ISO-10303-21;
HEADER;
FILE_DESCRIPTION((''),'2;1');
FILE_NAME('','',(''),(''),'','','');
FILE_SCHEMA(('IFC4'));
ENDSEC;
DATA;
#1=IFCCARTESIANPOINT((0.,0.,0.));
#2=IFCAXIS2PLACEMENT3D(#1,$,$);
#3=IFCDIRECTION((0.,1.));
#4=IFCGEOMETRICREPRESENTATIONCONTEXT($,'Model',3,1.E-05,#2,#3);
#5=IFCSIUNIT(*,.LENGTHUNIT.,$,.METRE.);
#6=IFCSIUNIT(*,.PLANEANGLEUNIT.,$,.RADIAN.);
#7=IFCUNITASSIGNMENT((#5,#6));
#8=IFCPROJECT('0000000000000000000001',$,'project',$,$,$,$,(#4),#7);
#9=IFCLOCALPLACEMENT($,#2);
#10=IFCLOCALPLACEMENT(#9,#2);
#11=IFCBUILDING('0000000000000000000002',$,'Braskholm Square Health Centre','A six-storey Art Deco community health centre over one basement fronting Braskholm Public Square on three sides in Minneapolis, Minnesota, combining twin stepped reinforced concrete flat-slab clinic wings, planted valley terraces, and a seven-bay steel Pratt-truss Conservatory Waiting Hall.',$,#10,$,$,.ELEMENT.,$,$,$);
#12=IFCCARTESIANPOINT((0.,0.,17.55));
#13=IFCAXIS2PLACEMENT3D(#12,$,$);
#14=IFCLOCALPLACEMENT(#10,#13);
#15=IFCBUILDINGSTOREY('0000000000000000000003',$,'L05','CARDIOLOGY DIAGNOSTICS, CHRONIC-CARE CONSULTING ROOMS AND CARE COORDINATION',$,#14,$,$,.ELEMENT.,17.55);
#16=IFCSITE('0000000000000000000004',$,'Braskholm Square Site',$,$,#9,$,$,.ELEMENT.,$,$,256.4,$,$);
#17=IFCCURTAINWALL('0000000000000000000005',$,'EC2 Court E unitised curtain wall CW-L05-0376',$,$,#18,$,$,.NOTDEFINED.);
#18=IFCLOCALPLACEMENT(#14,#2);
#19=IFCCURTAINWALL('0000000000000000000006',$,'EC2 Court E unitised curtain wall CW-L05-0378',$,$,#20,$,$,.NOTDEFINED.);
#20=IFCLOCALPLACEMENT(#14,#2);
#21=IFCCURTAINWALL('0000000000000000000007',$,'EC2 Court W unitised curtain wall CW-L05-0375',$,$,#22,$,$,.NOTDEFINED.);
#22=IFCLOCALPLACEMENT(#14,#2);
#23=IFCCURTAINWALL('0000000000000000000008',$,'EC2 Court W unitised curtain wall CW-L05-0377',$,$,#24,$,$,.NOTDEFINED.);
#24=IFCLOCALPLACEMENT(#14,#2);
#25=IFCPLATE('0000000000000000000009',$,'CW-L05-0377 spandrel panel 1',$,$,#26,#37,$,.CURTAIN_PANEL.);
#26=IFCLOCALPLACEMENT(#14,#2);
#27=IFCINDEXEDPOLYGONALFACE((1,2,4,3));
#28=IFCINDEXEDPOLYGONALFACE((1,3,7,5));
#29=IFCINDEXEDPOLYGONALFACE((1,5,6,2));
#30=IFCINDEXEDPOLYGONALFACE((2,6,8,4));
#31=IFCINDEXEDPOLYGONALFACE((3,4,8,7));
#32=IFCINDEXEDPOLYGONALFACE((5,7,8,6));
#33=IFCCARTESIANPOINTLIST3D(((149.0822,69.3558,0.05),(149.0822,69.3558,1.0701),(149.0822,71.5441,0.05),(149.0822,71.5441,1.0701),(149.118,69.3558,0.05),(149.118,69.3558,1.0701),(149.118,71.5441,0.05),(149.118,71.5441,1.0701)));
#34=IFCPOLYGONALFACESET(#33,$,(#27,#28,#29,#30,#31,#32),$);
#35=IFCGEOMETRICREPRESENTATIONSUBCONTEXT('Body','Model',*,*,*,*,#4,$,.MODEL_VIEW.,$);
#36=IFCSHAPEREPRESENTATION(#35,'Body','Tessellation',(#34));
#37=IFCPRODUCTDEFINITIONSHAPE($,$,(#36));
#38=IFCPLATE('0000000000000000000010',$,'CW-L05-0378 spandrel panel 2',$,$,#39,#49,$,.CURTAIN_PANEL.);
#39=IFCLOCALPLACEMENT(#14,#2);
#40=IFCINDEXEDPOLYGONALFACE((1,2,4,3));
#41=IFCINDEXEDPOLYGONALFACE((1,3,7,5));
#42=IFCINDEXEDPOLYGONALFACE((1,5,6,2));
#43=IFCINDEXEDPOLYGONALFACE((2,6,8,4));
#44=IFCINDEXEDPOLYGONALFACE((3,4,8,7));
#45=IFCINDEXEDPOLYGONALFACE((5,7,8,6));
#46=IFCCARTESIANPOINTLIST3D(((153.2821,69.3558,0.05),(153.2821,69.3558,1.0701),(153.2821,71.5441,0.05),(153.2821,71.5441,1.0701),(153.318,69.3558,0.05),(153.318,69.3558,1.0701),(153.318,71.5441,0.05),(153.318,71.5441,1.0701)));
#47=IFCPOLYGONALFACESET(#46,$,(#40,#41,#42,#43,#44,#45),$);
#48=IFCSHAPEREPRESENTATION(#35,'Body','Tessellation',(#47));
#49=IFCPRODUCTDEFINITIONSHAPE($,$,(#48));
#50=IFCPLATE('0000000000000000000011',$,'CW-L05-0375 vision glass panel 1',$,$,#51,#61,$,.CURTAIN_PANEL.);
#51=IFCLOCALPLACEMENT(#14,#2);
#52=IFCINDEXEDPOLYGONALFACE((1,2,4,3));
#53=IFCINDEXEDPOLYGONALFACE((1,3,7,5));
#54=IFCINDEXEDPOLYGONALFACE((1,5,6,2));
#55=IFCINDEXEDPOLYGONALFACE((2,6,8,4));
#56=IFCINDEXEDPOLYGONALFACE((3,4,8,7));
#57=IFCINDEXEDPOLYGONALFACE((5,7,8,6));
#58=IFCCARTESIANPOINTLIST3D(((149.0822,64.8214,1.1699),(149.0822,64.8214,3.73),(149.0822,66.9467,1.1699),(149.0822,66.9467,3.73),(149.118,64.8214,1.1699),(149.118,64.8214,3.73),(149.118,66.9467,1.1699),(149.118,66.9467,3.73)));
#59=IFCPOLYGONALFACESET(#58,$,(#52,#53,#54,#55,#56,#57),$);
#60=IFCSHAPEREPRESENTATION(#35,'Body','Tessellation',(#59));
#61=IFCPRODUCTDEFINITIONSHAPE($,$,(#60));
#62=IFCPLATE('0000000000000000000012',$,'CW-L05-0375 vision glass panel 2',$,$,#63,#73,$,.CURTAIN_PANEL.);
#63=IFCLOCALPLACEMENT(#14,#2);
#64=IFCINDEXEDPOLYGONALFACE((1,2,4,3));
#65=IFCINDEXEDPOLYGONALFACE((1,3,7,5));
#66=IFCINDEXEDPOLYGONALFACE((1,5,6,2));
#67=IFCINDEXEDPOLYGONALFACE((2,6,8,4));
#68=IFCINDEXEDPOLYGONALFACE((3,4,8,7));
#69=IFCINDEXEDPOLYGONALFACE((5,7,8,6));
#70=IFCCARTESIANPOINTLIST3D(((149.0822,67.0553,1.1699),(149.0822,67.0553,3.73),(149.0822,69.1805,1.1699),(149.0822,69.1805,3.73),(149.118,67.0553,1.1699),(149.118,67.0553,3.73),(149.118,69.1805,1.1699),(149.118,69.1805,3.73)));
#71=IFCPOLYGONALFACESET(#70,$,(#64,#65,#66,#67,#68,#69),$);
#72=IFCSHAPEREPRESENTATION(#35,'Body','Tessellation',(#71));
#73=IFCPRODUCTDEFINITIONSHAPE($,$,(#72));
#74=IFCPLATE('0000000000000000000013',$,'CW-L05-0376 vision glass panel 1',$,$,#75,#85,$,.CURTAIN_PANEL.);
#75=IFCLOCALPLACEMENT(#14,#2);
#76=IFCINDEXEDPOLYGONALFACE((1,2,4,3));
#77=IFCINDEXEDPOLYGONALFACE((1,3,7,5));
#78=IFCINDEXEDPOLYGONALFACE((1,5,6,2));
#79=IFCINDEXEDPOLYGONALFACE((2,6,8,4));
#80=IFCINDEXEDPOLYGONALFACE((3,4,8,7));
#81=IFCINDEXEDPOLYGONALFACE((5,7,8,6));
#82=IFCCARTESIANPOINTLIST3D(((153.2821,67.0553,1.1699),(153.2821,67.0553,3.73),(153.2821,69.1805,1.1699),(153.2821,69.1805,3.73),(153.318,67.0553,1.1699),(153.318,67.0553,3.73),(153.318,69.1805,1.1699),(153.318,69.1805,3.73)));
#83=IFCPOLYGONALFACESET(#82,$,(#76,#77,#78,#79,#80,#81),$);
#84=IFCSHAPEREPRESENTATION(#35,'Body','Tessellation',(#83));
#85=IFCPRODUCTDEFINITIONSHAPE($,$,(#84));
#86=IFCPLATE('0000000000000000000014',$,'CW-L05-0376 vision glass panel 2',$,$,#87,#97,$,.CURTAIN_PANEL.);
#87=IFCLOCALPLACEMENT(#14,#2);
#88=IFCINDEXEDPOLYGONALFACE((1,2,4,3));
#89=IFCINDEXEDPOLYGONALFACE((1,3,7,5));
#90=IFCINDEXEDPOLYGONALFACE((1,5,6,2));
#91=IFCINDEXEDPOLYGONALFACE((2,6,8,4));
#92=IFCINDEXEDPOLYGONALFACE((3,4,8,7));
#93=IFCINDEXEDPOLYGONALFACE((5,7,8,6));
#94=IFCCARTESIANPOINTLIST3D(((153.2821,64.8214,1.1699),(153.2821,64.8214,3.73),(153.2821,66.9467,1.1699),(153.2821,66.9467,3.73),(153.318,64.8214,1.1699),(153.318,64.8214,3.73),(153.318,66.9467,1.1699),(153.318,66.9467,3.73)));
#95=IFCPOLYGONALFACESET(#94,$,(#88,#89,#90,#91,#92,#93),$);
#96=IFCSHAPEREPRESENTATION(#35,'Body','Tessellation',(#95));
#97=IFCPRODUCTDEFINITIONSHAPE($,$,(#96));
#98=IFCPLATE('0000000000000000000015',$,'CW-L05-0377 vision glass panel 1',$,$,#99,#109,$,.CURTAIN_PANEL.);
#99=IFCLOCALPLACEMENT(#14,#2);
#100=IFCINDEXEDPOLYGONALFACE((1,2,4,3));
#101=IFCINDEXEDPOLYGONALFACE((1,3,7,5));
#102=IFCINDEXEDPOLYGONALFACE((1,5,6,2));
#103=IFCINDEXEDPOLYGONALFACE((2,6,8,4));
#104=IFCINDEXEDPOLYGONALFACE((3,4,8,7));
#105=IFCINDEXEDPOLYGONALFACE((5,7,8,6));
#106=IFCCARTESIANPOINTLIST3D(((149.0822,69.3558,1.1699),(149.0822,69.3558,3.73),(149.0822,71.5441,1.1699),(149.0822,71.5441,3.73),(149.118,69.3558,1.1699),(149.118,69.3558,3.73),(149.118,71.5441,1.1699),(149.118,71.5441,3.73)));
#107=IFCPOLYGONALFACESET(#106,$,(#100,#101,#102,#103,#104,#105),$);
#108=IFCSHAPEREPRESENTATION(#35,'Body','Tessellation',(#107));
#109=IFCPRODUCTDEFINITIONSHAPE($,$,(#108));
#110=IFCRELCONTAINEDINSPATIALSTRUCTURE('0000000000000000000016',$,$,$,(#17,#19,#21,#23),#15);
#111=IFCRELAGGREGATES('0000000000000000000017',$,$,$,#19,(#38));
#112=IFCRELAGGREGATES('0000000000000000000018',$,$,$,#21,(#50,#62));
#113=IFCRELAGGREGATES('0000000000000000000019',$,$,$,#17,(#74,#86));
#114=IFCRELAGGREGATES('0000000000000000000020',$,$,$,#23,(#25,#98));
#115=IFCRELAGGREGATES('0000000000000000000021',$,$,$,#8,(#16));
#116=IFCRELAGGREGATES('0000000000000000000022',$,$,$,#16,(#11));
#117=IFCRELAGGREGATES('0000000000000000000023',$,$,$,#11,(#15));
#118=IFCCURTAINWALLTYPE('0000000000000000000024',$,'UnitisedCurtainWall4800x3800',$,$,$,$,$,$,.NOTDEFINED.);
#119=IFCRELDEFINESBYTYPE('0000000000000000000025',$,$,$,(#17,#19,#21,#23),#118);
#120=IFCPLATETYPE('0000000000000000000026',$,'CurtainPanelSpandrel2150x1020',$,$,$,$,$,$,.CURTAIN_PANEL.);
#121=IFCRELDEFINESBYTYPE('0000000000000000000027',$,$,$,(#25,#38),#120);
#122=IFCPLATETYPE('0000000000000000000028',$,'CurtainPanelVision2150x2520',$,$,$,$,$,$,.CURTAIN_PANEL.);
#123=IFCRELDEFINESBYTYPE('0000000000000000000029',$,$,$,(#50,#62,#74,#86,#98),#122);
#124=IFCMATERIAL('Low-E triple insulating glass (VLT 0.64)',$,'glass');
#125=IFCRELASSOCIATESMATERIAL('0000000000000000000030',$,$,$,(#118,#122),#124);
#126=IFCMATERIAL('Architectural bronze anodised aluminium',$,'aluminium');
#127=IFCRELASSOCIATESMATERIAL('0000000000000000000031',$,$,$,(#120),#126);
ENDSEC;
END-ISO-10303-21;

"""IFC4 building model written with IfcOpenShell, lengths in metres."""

from ifc_helpers import new_model, si_unit, direction, frame, origin, origin_2d, place, context, subcontext, project, spatial, rectangle, extrude, material, type_object, element, aggregate, save


model = new_model("IFC4")

# Units and contexts
model_context = context("Model", 3, precision=1e-05, world=origin(), true_north=direction((0.0, 1.0)))
body_context = subcontext(model_context, "Body", "Model", "MODEL_VIEW")
ifc_project = project(units=[si_unit("LENGTHUNIT", "METRE"), si_unit("PLANEANGLEUNIT", "RADIAN")], contexts=[model_context])

# Site, building, storey
site_placement = place(None, origin())
site = spatial("IfcSite", under=ifc_project, at=site_placement, Name="Braskholm Square Site", CompositionType="ELEMENT", RefElevation=256.4)
building_placement = place(site_placement, origin())
building = spatial("IfcBuilding", under=site, at=building_placement, Name="Braskholm Square Health Centre", Description="A six-storey Art Deco community health centre over one basement fronting Braskholm Public Square on three sides in Minneapolis, Minnesota, combining twin stepped reinforced concrete flat-slab clinic wings, planted valley terraces, and a seven-bay steel Pratt-truss Conservatory Waiting Hall.", CompositionType="ELEMENT")
storey_placement = place(building_placement, frame((0.0, 0.0, 17.55)))
storey = spatial("IfcBuildingStorey", under=building, at=storey_placement, Name="L05", Description="CARDIOLOGY DIAGNOSTICS, CHRONIC-CARE CONSULTING ROOMS AND CARE COORDINATION", CompositionType="ELEMENT", Elevation=17.55)

# Curtain wall
ifc_material_1 = material(Name="Low-E triple insulating glass (VLT 0.64)", Category="glass")
curtain_wall_type = type_object("IfcCurtainWallType", Name="UnitisedCurtainWall4800x3800", PredefinedType="NOTDEFINED", material=ifc_material_1)
curtain_wall_1_placement = place(storey_placement, origin())
curtain_wall_1 = element("IfcCurtainWall", 1, at=curtain_wall_1_placement, inside=storey, type_object=curtain_wall_type, Name="EC2 Court E unitised curtain wall CW-L05-0376", PredefinedType="NOTDEFINED")
ifc_material_2 = material(Name="Architectural bronze anodised aluminium", Category="aluminium")

# Curtain wall
curtain_wall_2_placement = place(storey_placement, origin())
curtain_wall_2 = element("IfcCurtainWall", 2, at=curtain_wall_2_placement, inside=storey, type_object=curtain_wall_type, Name="EC2 Court E unitised curtain wall CW-L05-0378", PredefinedType="NOTDEFINED")

# Curtain wall
curtain_wall_3_placement = place(storey_placement, origin())
curtain_wall_3 = element("IfcCurtainWall", 3, at=curtain_wall_3_placement, inside=storey, type_object=curtain_wall_type, Name="EC2 Court W unitised curtain wall CW-L05-0375", PredefinedType="NOTDEFINED")

# Curtain wall
curtain_wall_4_placement = place(storey_placement, origin())
curtain_wall_4 = element("IfcCurtainWall", 4, at=curtain_wall_4_placement, inside=storey, type_object=curtain_wall_type, Name="EC2 Court W unitised curtain wall CW-L05-0377", PredefinedType="NOTDEFINED")

# Plates
plate_type_1 = type_object("IfcPlateType", Name="CurtainPanelSpandrel2150x1020", PredefinedType="CURTAIN_PANEL", material=ifc_material_2)
plate_1_placement = place(storey_placement, frame((149.1001, 70.45, 0.05), z_axis=(0.0, 0.0, 1.0), x_axis=(0.0, 1.0, 0.0)))
plate_1 = element("IfcPlate", 5, at=plate_1_placement, type_object=plate_type_1, Name="CW-L05-0377 spandrel panel 1", PredefinedType="CURTAIN_PANEL", context=body_context, shape_type="SweptSolid", body=[
    extrude(rectangle(XDim=2.1882, YDim=0.0359, at=origin_2d()), origin(), (0.0, 0.0, 1.0), 1.02),
])
plate_2_placement = place(storey_placement, frame((153.3, 70.45, 0.05), z_axis=(0.0, 0.0, 1.0), x_axis=(0.0, -1.0, 0.0)))
plate_2 = element("IfcPlate", 6, at=plate_2_placement, type_object=plate_type_1, Name="CW-L05-0378 spandrel panel 2", PredefinedType="CURTAIN_PANEL", context=body_context, shape_type="SweptSolid", body=[
    extrude(rectangle(XDim=2.1882, YDim=0.0359, at=origin_2d()), origin(), (0.0, 0.0, 1.0), 1.02),
])
aggregate(curtain_wall_2, [plate_2])
plate_type_2 = type_object("IfcPlateType", Name="CurtainPanelVision2150x2520", PredefinedType="CURTAIN_PANEL", material=ifc_material_1)
plate_3_placement = place(storey_placement, frame((149.1001, 65.884, 1.1699), z_axis=(0.0, 0.0, 1.0), x_axis=(0.0, 1.0, 0.0)))
plate_3 = element("IfcPlate", 7, at=plate_3_placement, type_object=plate_type_2, Name="CW-L05-0375 vision glass panel 1", PredefinedType="CURTAIN_PANEL", context=body_context, shape_type="SweptSolid", body=[
    extrude(rectangle(XDim=2.1252, YDim=0.0359, at=origin_2d()), origin(), (0.0, 0.0, 1.0), 2.5601),
])
plate_4_placement = place(storey_placement, frame((149.1001, 68.1179, 1.1699), z_axis=(0.0, 0.0, 1.0), x_axis=(0.0, 1.0, 0.0)))
plate_4 = element("IfcPlate", 8, at=plate_4_placement, type_object=plate_type_2, Name="CW-L05-0375 vision glass panel 2", PredefinedType="CURTAIN_PANEL", context=body_context, shape_type="SweptSolid", body=[
    extrude(rectangle(XDim=2.1252, YDim=0.0359, at=origin_2d()), origin(), (0.0, 0.0, 1.0), 2.5601),
])
aggregate(curtain_wall_3, [plate_3, plate_4])
plate_5_placement = place(storey_placement, frame((153.3, 68.1179, 1.1699), z_axis=(0.0, 0.0, 1.0), x_axis=(0.0, -1.0, 0.0)))
plate_5 = element("IfcPlate", 9, at=plate_5_placement, type_object=plate_type_2, Name="CW-L05-0376 vision glass panel 1", PredefinedType="CURTAIN_PANEL", context=body_context, shape_type="SweptSolid", body=[
    extrude(rectangle(XDim=2.1252, YDim=0.0359, at=origin_2d()), origin(), (0.0, 0.0, 1.0), 2.5601),
])
plate_6_placement = place(storey_placement, frame((153.3, 65.884, 1.1699), z_axis=(0.0, 0.0, 1.0), x_axis=(0.0, -1.0, 0.0)))
plate_6 = element("IfcPlate", 10, at=plate_6_placement, type_object=plate_type_2, Name="CW-L05-0376 vision glass panel 2", PredefinedType="CURTAIN_PANEL", context=body_context, shape_type="SweptSolid", body=[
    extrude(rectangle(XDim=2.1252, YDim=0.0359, at=origin_2d()), origin(), (0.0, 0.0, 1.0), 2.5601),
])
aggregate(curtain_wall_1, [plate_5, plate_6])
plate_7_placement = place(storey_placement, frame((149.1001, 70.45, 1.1699), z_axis=(0.0, 0.0, 1.0), x_axis=(0.0, 1.0, 0.0)))
plate_7 = element("IfcPlate", 11, at=plate_7_placement, type_object=plate_type_2, Name="CW-L05-0377 vision glass panel 1", PredefinedType="CURTAIN_PANEL", context=body_context, shape_type="SweptSolid", body=[
    extrude(rectangle(XDim=2.1882, YDim=0.0359, at=origin_2d()), origin(), (0.0, 0.0, 1.0), 2.5601),
])
aggregate(curtain_wall_4, [plate_1, plate_7])

save(model, "model.ifc")
